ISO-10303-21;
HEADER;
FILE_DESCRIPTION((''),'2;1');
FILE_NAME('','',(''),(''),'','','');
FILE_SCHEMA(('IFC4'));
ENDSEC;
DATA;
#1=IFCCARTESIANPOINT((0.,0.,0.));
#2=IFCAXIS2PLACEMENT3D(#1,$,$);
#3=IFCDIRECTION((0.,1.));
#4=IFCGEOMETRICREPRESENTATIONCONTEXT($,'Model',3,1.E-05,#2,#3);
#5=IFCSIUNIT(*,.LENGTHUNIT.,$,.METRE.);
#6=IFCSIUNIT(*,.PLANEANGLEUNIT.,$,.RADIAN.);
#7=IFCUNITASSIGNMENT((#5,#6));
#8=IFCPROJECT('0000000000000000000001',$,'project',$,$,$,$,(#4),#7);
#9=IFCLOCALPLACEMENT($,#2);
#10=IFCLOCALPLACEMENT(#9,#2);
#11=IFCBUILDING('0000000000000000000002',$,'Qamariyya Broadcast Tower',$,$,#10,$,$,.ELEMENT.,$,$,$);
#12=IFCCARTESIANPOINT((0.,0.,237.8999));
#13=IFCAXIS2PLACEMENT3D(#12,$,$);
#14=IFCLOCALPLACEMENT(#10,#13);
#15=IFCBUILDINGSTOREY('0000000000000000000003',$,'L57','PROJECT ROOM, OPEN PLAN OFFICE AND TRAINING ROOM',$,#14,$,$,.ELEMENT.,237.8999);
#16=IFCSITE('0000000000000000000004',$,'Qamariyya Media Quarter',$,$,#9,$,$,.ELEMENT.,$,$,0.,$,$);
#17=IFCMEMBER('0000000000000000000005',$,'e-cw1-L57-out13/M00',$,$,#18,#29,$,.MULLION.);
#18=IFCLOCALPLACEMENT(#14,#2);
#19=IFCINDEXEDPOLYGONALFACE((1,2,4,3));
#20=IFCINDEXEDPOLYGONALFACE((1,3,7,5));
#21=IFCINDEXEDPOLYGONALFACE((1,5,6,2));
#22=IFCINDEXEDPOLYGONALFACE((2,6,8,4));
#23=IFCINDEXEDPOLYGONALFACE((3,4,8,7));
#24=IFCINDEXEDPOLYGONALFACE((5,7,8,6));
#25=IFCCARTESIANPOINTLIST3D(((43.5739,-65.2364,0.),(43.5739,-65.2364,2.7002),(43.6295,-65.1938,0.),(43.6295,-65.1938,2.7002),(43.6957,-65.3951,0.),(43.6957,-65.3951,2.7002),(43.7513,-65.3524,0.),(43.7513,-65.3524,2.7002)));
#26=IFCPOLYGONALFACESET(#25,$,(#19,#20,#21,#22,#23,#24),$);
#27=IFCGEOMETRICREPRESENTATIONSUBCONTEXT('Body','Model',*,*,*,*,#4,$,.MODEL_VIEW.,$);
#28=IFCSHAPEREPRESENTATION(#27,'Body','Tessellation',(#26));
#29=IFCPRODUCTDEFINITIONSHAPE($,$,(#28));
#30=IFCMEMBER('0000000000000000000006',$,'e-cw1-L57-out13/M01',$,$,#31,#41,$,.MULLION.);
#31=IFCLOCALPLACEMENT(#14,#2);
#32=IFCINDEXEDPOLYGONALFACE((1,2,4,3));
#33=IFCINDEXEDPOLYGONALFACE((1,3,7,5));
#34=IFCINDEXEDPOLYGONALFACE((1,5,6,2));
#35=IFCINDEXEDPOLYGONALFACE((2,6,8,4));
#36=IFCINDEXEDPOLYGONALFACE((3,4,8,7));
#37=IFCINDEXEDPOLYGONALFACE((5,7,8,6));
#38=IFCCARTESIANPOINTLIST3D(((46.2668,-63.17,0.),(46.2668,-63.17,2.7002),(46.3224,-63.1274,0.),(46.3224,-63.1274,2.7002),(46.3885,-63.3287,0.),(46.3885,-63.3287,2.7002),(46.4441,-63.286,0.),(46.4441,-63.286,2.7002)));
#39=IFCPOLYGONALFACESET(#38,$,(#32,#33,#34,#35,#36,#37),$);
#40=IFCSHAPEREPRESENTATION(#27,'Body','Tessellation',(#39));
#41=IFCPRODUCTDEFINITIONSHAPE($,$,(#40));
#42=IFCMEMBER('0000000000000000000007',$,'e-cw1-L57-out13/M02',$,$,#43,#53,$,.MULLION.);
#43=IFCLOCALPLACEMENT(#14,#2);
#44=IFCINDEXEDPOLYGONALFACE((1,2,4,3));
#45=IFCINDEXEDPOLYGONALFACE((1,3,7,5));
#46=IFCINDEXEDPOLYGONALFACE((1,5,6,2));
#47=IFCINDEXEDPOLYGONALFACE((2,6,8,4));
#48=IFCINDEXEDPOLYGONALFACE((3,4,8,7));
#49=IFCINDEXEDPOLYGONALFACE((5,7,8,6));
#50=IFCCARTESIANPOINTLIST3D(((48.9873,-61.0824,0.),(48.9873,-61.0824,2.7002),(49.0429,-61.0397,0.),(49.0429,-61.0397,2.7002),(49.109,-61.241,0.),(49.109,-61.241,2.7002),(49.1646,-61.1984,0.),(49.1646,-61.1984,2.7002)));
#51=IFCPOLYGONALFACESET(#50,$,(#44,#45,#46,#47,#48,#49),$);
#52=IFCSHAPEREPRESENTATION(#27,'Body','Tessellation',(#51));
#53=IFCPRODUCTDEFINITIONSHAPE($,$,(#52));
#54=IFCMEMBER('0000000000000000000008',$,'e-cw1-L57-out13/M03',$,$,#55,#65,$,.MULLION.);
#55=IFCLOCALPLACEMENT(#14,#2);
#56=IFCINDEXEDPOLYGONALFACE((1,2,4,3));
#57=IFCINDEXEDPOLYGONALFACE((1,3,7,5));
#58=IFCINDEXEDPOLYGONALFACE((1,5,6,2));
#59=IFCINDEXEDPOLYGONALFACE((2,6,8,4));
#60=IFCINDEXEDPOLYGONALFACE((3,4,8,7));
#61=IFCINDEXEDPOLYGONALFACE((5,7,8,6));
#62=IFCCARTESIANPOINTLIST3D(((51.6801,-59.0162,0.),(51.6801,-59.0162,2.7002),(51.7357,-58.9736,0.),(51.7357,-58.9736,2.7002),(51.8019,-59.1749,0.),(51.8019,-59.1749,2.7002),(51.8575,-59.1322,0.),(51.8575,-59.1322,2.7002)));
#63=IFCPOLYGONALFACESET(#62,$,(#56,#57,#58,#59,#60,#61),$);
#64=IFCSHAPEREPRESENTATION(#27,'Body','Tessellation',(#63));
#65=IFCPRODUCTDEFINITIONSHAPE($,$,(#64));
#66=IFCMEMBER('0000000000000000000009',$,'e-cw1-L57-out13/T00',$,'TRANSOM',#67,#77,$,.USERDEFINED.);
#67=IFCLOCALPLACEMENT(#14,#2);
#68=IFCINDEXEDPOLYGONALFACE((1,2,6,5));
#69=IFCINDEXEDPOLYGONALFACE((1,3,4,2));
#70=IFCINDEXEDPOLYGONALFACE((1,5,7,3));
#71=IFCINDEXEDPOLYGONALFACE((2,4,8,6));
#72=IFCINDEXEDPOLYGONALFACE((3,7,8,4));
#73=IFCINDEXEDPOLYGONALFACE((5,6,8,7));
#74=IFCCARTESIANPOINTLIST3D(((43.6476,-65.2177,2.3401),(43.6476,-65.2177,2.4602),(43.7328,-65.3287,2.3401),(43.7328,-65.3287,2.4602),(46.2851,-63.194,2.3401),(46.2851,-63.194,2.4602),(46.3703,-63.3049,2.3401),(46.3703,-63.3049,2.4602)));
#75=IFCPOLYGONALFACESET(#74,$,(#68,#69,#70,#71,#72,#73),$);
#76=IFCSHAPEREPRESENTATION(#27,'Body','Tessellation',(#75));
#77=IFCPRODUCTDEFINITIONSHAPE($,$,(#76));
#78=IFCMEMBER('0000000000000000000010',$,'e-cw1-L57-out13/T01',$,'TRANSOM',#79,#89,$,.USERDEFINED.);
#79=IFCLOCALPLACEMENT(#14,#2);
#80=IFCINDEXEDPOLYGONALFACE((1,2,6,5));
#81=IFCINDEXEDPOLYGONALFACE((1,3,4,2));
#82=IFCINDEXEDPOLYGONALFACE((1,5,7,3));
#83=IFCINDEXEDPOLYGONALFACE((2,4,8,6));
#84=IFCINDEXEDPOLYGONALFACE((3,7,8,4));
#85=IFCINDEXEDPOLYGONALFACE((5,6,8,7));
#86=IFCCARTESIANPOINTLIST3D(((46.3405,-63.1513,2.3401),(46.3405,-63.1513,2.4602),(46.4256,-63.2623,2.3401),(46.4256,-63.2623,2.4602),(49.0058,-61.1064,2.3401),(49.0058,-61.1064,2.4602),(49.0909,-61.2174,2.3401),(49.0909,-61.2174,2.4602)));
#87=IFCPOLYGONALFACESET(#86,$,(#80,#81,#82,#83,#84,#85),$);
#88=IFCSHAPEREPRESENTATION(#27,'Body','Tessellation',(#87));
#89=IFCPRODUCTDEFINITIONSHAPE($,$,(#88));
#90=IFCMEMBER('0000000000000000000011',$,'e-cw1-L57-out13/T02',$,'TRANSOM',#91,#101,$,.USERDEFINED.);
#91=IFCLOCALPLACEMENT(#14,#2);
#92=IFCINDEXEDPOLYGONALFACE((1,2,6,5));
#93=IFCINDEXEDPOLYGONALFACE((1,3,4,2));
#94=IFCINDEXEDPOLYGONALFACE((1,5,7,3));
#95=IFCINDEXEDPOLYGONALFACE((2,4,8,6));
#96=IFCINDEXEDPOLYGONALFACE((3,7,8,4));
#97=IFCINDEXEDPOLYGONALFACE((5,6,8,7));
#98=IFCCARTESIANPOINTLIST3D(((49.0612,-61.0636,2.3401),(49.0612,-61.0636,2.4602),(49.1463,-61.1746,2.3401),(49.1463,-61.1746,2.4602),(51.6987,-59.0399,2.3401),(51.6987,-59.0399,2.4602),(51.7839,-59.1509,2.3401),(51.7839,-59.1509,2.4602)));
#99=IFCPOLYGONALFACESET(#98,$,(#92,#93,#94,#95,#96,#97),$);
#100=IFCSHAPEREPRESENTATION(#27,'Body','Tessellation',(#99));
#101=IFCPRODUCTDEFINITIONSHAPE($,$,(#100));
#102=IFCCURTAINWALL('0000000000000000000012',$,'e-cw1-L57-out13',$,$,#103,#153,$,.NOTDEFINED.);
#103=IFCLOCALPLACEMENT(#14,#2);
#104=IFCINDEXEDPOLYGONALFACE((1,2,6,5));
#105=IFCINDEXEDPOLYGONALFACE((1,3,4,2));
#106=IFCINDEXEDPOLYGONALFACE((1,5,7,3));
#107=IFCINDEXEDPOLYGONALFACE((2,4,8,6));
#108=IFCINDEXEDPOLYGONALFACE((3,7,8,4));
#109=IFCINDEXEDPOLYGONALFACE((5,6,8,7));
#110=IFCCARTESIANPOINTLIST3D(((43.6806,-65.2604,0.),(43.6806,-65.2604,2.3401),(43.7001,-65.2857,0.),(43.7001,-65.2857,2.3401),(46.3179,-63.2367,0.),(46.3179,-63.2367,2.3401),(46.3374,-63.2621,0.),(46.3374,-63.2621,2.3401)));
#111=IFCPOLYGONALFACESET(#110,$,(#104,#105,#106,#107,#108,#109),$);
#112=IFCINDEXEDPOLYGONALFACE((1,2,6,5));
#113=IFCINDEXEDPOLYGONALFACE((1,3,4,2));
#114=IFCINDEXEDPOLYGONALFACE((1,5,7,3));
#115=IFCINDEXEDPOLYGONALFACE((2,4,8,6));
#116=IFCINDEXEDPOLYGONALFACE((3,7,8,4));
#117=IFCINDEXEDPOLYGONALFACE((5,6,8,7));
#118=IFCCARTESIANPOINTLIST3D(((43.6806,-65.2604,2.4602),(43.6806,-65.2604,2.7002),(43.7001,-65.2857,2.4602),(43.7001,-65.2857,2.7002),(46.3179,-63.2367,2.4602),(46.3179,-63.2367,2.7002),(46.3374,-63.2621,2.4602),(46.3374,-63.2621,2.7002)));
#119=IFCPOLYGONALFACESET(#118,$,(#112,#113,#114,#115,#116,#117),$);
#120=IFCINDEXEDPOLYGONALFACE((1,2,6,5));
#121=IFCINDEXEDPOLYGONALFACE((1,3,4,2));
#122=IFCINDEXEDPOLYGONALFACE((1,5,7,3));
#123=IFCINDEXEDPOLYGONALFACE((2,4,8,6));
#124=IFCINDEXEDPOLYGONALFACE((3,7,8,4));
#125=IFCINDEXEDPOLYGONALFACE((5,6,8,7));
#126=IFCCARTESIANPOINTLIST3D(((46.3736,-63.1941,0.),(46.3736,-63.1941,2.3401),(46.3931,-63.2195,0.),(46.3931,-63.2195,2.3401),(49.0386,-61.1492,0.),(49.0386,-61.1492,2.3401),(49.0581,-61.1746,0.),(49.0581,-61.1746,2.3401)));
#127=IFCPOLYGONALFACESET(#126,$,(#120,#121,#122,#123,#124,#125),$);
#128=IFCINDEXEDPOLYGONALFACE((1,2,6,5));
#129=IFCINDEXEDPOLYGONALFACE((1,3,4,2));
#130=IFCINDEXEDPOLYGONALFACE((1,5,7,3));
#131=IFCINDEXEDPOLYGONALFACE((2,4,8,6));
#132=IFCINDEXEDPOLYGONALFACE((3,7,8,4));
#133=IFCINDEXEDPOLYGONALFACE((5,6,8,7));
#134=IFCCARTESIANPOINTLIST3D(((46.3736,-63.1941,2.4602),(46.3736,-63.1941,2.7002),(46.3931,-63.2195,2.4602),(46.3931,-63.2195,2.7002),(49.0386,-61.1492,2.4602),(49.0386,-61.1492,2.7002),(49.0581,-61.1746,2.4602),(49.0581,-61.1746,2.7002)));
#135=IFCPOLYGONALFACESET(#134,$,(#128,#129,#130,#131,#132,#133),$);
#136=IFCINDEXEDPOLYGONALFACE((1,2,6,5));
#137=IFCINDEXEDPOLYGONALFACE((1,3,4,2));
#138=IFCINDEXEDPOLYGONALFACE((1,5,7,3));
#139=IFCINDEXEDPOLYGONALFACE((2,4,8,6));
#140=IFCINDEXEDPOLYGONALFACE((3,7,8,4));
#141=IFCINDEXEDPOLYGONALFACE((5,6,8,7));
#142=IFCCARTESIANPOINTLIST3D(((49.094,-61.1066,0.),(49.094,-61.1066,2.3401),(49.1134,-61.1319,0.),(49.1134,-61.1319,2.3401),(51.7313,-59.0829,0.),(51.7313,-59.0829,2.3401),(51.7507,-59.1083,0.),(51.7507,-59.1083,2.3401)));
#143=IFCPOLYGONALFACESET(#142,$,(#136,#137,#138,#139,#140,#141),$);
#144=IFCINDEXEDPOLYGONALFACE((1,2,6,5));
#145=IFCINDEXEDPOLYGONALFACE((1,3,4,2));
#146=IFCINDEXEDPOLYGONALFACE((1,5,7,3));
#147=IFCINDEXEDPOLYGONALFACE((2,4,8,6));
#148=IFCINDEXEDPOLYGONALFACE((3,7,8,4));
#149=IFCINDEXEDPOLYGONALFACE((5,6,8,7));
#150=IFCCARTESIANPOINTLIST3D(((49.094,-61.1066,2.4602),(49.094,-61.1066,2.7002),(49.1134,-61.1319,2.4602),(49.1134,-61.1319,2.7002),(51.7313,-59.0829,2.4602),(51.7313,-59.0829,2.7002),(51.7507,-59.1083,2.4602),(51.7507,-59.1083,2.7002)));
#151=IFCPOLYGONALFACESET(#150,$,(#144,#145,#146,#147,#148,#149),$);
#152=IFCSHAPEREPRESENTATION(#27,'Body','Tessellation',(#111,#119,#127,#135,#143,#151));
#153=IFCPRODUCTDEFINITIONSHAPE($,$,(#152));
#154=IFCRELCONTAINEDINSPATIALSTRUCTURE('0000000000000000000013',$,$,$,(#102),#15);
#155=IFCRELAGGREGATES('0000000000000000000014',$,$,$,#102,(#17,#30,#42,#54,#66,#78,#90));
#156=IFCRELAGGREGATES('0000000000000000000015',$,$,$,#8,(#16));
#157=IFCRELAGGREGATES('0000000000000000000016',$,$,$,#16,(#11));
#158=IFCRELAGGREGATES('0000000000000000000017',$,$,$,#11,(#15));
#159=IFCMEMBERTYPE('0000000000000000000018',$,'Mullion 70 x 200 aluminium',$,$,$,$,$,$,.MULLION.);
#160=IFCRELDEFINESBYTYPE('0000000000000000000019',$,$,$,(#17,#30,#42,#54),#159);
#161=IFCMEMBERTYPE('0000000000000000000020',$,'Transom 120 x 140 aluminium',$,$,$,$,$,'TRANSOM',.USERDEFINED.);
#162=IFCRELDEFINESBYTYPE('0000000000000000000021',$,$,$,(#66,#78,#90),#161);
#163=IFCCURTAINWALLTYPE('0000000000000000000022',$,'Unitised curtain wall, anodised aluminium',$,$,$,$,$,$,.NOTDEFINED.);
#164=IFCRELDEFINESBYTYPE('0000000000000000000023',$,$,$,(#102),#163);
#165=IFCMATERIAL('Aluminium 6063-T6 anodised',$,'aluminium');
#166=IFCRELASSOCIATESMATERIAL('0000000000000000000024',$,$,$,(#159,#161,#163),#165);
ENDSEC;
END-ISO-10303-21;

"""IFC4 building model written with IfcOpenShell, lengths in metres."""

from ifc_helpers import new_model, si_unit, direction, frame, origin, origin_2d, place, context, subcontext, project, spatial, rectangle, extrude, material, material_profile, profile_set, type_object, element, aggregate, save


model = new_model("IFC4")

# Units and contexts
model_context = context("Model", 3, precision=1e-05, world=origin(), true_north=direction((0.0, 1.0)))
body_context = subcontext(model_context, "Body", "Model", "MODEL_VIEW")
ifc_project = project(units=[si_unit("LENGTHUNIT", "METRE"), si_unit("PLANEANGLEUNIT", "RADIAN")], contexts=[model_context])

# Members
ifc_material = material(Name="Aluminium 6063-T6 anodised", Category="aluminium")
ifc_material_profile_1 = material_profile(ifc_material, rectangle(XDim=0.2, YDim=0.0701, at=origin_2d()))
ifc_profile_set_1 = profile_set([ifc_material_profile_1], Name="Aluminium 6063-T6 anodised")
member_type_1 = type_object("IfcMemberType", Name="Mullion 70 x 200 aluminium", PredefinedType="MULLION", material=ifc_profile_set_1)
site_placement = place(None, origin())
building_placement = place(site_placement, origin())
storey_placement = place(building_placement, frame((0.0, 0.0, 237.8999)))
member_1_placement = place(storey_placement, frame((43.6626, -65.2944, 0.0), z_axis=(0.0, 0.0, 1.0), x_axis=(-0.608761, 0.793353, 0.0)))
member_1 = element("IfcMember", 1, at=member_1_placement, type_object=member_type_1, Name="e-cw1-L57-out13/M00", PredefinedType="MULLION", context=body_context, shape_type="SweptSolid", body=[
    extrude(rectangle(XDim=0.2, YDim=0.0701, at=origin_2d()), origin(), (0.0, 0.0, 1.0), 2.7002),
])
member_2_placement = place(storey_placement, frame((46.3555, -63.228, 0.0), z_axis=(0.0, 0.0, 1.0), x_axis=(-0.608761, 0.793353, 0.0)))
member_2 = element("IfcMember", 2, at=member_2_placement, type_object=member_type_1, Name="e-cw1-L57-out13/M01", PredefinedType="MULLION", context=body_context, shape_type="SweptSolid", body=[
    extrude(rectangle(XDim=0.2, YDim=0.0701, at=origin_2d()), origin(), (0.0, 0.0, 1.0), 2.7002),
])
member_3_placement = place(storey_placement, frame((49.0759, -61.1404, 0.0), z_axis=(0.0, 0.0, 1.0), x_axis=(-0.608761, 0.793353, 0.0)))
member_3 = element("IfcMember", 3, at=member_3_placement, type_object=member_type_1, Name="e-cw1-L57-out13/M02", PredefinedType="MULLION", context=body_context, shape_type="SweptSolid", body=[
    extrude(rectangle(XDim=0.2, YDim=0.0701, at=origin_2d()), origin(), (0.0, 0.0, 1.0), 2.7002),
])
member_4_placement = place(storey_placement, frame((51.7688, -59.0742, 0.0), z_axis=(0.0, 0.0, 1.0), x_axis=(-0.608761, 0.793353, 0.0)))
member_4 = element("IfcMember", 4, at=member_4_placement, type_object=member_type_1, Name="e-cw1-L57-out13/M03", PredefinedType="MULLION", context=body_context, shape_type="SweptSolid", body=[
    extrude(rectangle(XDim=0.2, YDim=0.0701, at=origin_2d()), origin(), (0.0, 0.0, 1.0), 2.7002),
])
ifc_material_profile_2 = material_profile(ifc_material, rectangle(XDim=0.1399, YDim=0.1201, at=origin_2d()))
ifc_profile_set_2 = profile_set([ifc_material_profile_2], Name="Aluminium 6063-T6 anodised")
member_type_2 = type_object("IfcMemberType", Name="Transom 120 x 140 aluminium", ElementType="TRANSOM", PredefinedType="USERDEFINED", material=ifc_profile_set_2)
member_5_placement = place(storey_placement, frame((43.6902, -65.2732, 2.4001), z_axis=(0.793369, 0.608741, 0.0), x_axis=(-0.608741, 0.793369, 0.0)))
member_5 = element("IfcMember", 5, at=member_5_placement, type_object=member_type_2, Name="e-cw1-L57-out13/T00", ObjectType="TRANSOM", PredefinedType="USERDEFINED", context=body_context, shape_type="SweptSolid", body=[
    extrude(rectangle(XDim=0.1399, YDim=0.1201, at=origin_2d()), origin(), (0.0, 0.0, 1.0), 3.3245),
])
member_6_placement = place(storey_placement, frame((46.3831, -63.2068, 2.4001), z_axis=(0.793385, 0.60872, 0.0), x_axis=(-0.60872, 0.793385, 0.0)))
member_6 = element("IfcMember", 6, at=member_6_placement, type_object=member_type_2, Name="e-cw1-L57-out13/T01", ObjectType="TRANSOM", PredefinedType="USERDEFINED", context=body_context, shape_type="SweptSolid", body=[
    extrude(rectangle(XDim=0.1399, YDim=0.1201, at=origin_2d()), origin(), (0.0, 0.0, 1.0), 3.3594),
])
member_7_placement = place(storey_placement, frame((49.1038, -61.1191, 2.4001), z_axis=(0.793369, 0.608741, 0.0), x_axis=(-0.608741, 0.793369, 0.0)))
member_7 = element("IfcMember", 7, at=member_7_placement, type_object=member_type_2, Name="e-cw1-L57-out13/T02", ObjectType="TRANSOM", PredefinedType="USERDEFINED", context=body_context, shape_type="SweptSolid", body=[
    extrude(rectangle(XDim=0.1399, YDim=0.1201, at=origin_2d()), origin(), (0.0, 0.0, 1.0), 3.3245),
])

# Site, building, storey
site = spatial("IfcSite", under=ifc_project, at=site_placement, Name="Qamariyya Media Quarter", CompositionType="ELEMENT", RefElevation=0.0)
building = spatial("IfcBuilding", under=site, at=building_placement, Name="Qamariyya Broadcast Tower", CompositionType="ELEMENT")
storey = spatial("IfcBuildingStorey", under=building, at=storey_placement, Name="L57", Description="PROJECT ROOM, OPEN PLAN OFFICE AND TRAINING ROOM", CompositionType="ELEMENT", Elevation=237.8999)

# Curtain wall
curtain_wall_type = type_object("IfcCurtainWallType", Name="Unitised curtain wall, anodised aluminium", PredefinedType="NOTDEFINED", material=ifc_material)
curtain_wall_1_placement = place(storey_placement, origin())
curtain_wall_1 = element("IfcCurtainWall", 8, at=curtain_wall_1_placement, inside=storey, type_object=curtain_wall_type, Name="e-cw1-L57-out13", PredefinedType="NOTDEFINED", context=body_context, shape_type="SweptSolid", body=[
    extrude(rectangle(XDim=3.3242, YDim=0.032, at=origin_2d()), frame((45.009, -64.2612, 0.0), x_axis=(0.793359, 0.608754, 0.0)), (0.0, 0.0, 1.0), 2.3401),
    extrude(rectangle(XDim=3.3242, YDim=0.032, at=origin_2d()), frame((45.009, -64.2612, 2.4602), x_axis=(0.793359, 0.608754, 0.0)), (0.0, 0.0, 1.0), 0.24),
    extrude(rectangle(XDim=3.3591, YDim=0.032, at=origin_2d()), frame((47.7158, -62.1843, 0.0), x_axis=(0.793359, 0.608754, 0.0)), (0.0, 0.0, 1.0), 2.3401),
    extrude(rectangle(XDim=3.3591, YDim=0.032, at=origin_2d()), frame((47.7158, -62.1843, 2.4602), x_axis=(0.793359, 0.608754, 0.0)), (0.0, 0.0, 1.0), 0.24),
    extrude(rectangle(XDim=3.3242, YDim=0.032, at=origin_2d()), frame((50.4224, -60.1074, 0.0), x_axis=(0.793359, 0.608754, 0.0)), (0.0, 0.0, 1.0), 2.3401),
    extrude(rectangle(XDim=3.3242, YDim=0.032, at=origin_2d()), frame((50.4224, -60.1074, 2.4602), x_axis=(0.793359, 0.608754, 0.0)), (0.0, 0.0, 1.0), 0.24),
])
aggregate(curtain_wall_1, [member_1, member_2, member_3, member_4, member_5, member_6, member_7])

save(model, "model.ifc")
